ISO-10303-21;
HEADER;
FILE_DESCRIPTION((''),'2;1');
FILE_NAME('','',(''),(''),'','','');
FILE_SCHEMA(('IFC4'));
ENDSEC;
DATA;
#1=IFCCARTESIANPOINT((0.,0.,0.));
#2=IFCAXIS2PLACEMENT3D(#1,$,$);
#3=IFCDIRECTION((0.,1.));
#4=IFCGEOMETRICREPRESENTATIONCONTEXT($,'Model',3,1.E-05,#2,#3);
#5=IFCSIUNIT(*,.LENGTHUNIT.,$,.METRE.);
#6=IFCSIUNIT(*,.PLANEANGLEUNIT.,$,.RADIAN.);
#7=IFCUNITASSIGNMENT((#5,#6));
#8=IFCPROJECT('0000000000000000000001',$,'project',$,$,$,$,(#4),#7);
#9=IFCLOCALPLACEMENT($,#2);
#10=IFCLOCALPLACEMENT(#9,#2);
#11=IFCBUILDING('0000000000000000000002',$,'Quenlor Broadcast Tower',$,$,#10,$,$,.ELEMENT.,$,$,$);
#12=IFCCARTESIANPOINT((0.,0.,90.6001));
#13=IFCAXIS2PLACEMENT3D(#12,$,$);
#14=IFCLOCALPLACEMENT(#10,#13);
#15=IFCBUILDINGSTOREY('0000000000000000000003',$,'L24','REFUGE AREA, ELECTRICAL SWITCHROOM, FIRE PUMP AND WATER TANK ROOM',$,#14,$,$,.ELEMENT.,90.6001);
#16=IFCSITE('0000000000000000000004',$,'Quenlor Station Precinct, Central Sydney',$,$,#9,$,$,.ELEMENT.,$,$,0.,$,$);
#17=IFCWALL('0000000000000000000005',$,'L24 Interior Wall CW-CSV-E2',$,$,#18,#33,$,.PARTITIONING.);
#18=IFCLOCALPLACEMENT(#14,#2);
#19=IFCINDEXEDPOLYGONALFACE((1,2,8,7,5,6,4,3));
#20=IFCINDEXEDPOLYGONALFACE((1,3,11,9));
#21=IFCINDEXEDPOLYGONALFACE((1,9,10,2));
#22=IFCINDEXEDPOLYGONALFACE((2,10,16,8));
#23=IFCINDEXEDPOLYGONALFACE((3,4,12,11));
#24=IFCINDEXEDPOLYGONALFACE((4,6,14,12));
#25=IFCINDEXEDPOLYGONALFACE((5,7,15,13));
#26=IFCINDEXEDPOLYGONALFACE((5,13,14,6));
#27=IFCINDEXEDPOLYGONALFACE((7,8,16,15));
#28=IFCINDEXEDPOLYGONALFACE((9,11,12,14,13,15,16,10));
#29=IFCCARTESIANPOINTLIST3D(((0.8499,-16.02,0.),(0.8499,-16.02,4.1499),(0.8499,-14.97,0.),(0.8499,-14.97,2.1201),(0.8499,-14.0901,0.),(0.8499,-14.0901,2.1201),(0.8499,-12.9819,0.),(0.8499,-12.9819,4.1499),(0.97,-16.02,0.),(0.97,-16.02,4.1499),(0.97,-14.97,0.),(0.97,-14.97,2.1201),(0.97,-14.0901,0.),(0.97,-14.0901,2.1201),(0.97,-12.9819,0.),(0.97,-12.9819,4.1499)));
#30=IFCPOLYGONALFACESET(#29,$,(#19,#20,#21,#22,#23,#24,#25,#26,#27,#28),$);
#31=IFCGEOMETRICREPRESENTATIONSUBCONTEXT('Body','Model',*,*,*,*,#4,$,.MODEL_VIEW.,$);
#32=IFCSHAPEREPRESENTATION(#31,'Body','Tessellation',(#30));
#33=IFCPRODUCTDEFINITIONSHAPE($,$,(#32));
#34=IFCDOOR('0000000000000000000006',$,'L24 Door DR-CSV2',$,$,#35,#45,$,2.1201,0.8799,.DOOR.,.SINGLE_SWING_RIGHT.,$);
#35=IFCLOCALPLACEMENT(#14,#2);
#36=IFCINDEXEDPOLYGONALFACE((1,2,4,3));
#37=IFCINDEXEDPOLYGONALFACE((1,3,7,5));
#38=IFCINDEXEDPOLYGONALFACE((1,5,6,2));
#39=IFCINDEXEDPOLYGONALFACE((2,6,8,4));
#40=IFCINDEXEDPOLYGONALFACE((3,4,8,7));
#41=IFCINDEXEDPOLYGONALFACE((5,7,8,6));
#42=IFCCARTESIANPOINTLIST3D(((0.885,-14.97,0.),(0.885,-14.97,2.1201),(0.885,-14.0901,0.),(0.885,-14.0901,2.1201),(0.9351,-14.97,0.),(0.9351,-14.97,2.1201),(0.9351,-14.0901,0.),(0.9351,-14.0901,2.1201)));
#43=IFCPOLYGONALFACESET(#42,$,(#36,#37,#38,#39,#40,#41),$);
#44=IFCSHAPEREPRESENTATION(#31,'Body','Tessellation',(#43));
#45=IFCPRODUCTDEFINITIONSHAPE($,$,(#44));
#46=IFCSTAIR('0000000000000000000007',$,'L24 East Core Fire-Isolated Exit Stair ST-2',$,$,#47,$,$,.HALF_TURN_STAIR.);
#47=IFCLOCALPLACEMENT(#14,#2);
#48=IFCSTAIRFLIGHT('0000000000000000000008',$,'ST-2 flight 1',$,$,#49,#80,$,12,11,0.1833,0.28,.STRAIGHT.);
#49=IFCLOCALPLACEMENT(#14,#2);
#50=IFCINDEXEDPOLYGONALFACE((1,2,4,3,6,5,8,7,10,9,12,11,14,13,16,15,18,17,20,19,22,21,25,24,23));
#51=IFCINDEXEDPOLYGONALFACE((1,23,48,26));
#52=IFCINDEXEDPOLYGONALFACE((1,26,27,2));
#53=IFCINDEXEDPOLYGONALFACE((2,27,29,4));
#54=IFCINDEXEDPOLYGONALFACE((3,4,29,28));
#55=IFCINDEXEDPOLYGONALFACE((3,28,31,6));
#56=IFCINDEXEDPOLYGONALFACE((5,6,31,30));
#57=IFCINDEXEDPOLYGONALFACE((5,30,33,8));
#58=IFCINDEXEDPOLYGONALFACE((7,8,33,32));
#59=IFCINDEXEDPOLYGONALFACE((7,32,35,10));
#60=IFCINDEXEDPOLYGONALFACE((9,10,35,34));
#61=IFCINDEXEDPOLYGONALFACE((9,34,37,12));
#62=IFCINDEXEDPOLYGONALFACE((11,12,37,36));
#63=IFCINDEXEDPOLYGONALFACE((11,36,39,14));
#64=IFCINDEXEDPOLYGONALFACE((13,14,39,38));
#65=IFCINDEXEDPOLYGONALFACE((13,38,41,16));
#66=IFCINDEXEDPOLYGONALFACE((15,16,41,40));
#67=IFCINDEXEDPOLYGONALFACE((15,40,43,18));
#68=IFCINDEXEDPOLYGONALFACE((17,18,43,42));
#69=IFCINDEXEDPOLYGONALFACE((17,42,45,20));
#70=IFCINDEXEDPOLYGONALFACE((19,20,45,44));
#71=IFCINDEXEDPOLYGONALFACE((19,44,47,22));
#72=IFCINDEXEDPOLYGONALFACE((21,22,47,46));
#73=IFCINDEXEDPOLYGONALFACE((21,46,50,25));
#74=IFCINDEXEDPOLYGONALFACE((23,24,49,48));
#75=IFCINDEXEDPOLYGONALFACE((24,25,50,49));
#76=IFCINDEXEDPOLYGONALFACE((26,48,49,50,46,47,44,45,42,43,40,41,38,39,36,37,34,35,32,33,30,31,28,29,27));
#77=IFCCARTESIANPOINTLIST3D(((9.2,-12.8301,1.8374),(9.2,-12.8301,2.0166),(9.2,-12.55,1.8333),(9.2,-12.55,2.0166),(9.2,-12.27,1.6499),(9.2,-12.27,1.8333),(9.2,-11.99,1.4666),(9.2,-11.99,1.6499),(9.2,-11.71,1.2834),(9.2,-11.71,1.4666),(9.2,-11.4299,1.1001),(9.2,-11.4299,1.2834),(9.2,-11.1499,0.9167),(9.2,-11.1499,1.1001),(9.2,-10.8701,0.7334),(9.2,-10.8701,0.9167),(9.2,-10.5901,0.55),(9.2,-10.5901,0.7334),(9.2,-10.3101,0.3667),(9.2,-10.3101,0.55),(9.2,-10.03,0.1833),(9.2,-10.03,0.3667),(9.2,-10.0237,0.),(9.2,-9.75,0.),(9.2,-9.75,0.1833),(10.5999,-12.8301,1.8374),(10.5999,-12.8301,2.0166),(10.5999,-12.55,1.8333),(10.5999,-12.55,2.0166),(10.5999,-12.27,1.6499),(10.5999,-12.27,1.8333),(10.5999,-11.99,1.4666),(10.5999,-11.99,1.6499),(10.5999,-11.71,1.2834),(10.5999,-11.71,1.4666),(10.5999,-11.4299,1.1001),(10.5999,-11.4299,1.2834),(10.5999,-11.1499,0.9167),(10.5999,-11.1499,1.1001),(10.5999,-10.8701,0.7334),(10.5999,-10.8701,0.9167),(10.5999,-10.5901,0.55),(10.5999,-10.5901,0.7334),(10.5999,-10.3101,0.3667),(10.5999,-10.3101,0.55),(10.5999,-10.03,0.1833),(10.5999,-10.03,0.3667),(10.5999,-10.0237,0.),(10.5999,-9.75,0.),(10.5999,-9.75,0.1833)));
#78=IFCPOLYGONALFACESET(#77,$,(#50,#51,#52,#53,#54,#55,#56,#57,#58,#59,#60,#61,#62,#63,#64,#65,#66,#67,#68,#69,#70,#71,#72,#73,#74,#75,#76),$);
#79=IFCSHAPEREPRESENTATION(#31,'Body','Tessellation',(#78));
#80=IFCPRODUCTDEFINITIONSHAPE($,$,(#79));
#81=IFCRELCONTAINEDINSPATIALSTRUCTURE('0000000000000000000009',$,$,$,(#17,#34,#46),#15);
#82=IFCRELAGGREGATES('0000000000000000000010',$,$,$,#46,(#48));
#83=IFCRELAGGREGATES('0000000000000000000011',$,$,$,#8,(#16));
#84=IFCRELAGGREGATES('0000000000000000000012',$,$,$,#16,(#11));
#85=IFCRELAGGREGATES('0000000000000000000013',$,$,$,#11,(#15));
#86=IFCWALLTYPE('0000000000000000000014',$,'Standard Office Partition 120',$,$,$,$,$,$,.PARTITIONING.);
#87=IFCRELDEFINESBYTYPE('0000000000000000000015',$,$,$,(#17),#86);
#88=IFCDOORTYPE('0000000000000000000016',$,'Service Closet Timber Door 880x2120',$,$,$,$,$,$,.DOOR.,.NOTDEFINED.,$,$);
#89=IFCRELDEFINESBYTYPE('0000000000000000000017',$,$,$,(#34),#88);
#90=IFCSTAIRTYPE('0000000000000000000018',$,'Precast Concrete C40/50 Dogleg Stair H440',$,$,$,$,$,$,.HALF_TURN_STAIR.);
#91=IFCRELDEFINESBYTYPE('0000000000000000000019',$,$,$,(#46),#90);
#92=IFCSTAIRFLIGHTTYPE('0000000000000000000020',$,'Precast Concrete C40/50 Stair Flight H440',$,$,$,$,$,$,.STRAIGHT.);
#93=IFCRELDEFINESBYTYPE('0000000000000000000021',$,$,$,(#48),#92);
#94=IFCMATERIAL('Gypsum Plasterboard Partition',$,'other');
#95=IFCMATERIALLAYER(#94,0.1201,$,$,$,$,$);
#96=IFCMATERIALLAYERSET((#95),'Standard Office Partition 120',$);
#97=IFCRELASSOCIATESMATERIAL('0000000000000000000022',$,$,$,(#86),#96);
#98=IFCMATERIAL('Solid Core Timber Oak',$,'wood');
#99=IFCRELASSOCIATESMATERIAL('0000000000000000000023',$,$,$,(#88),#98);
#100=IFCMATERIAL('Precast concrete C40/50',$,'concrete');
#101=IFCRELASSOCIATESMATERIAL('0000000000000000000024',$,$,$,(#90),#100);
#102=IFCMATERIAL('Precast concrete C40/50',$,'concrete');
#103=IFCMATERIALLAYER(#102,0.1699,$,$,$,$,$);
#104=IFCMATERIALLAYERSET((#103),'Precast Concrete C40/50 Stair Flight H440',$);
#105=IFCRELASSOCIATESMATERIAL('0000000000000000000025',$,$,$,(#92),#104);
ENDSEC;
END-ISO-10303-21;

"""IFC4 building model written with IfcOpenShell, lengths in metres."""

from ifc_helpers import new_model, si_unit, direction, frame, frame_2d, origin, place, context, subcontext, project, spatial, polyline, rectangle, outline, extrude, material, layer, layer_set, type_object, element, fill, aggregate, save


model = new_model("IFC4")

# Units and contexts
model_context = context("Model", 3, precision=1e-05, world=origin(), true_north=direction((0.0, 1.0)))
body_context = subcontext(model_context, "Body", "Model", "MODEL_VIEW")
ifc_project = project(units=[si_unit("LENGTHUNIT", "METRE"), si_unit("PLANEANGLEUNIT", "RADIAN")], contexts=[model_context])

# Site, building, storey
site_placement = place(None, origin())
site = spatial("IfcSite", under=ifc_project, at=site_placement, Name="Quenlor Station Precinct, Central Sydney", CompositionType="ELEMENT", RefElevation=0.0)
building_placement = place(site_placement, origin())
building = spatial("IfcBuilding", under=site, at=building_placement, Name="Quenlor Broadcast Tower", CompositionType="ELEMENT")
storey_placement = place(building_placement, frame((0.0, 0.0, 90.6001)))
storey = spatial("IfcBuildingStorey", under=building, at=storey_placement, Name="L24", Description="REFUGE AREA, ELECTRICAL SWITCHROOM, FIRE PUMP AND WATER TANK ROOM", CompositionType="ELEMENT", Elevation=90.6001)

# Wall, opening, door
ifc_material_1 = material(Name="Gypsum Plasterboard Partition", Category="other")
ifc_layer_1 = layer(ifc_material_1, 0.1201)
ifc_layer_set_1 = layer_set([ifc_layer_1], Name="Standard Office Partition 120")
wall_type_1 = type_object("IfcWallType", Name="Standard Office Partition 120", PredefinedType="PARTITIONING", material=ifc_layer_set_1)
wall_1_placement = place(storey_placement, frame((0.9099, -16.02, 0.0), z_axis=(0.0, 0.0, 1.0), x_axis=(0.0, 1.0, 0.0)))
wall_1 = element("IfcWall", 1, at=wall_1_placement, inside=storey, type_object=wall_type_1, Name="L24 Interior Wall CW-CSV-E2", PredefinedType="PARTITIONING", context=body_context, shape_type="SweptSolid", body=[
    extrude(rectangle(XDim=3.0381, YDim=0.1201, at=frame_2d((1.519, 0.0))), origin(), (0.0, 0.0, 1.0), 4.1499),
])
opening_1_placement = place(wall_1_placement, frame((1.05, 0.0, 0.0)))
opening_1 = element("IfcOpeningElement", 2, at=opening_1_placement, cuts=wall_1, PredefinedType="OPENING", context=body_context, shape_type="SweptSolid", body=[
    extrude(rectangle(XDim=0.8799, YDim=2.1201, at=frame_2d((0.4399, 1.0601))), frame((0.0, 0.0701, 0.0), z_axis=(0.0, -1.0, 0.0), x_axis=(1.0, 0.0, 0.0)), (0.0, 0.0, 1.0), 0.1401),
])
ifc_material_2 = material(Name="Solid Core Timber Oak", Category="wood")
door_type_1 = type_object("IfcDoorType", Name="Service Closet Timber Door 880x2120", OperationType="NOTDEFINED", PredefinedType="DOOR", material=ifc_material_2)
door_1_placement = place(opening_1_placement, origin())
door_1 = element("IfcDoor", 3, at=door_1_placement, inside=storey, type_object=door_type_1, Name="L24 Door DR-CSV2", OperationType="SINGLE_SWING_RIGHT", OverallHeight=2.1201, OverallWidth=0.8799, PredefinedType="DOOR", context=body_context, shape_type="SweptSolid", body=[
    extrude(rectangle(XDim=0.8799, YDim=2.1201, at=frame_2d((0.4399, 1.0601))), frame((0.0, 0.0249, 0.0), z_axis=(0.0, -1.0, 0.0), x_axis=(1.0, 0.0, 0.0)), (0.0, 0.0, 1.0), 0.05),
])
fill(opening_1, door_1)

# Stair, stair flight
ifc_material_3 = material(Name="Precast concrete C40/50", Category="concrete")
stair_type = type_object("IfcStairType", Name="Precast Concrete C40/50 Dogleg Stair H440", PredefinedType="HALF_TURN_STAIR", material=ifc_material_3)
stair_placement = place(storey_placement, origin())
stair = element("IfcStair", 4, at=stair_placement, inside=storey, type_object=stair_type, Name="L24 East Core Fire-Isolated Exit Stair ST-2", PredefinedType="HALF_TURN_STAIR")
ifc_material_4 = material(Name="Precast concrete C40/50", Category="concrete")
ifc_layer_2 = layer(ifc_material_4, 0.1699)
ifc_layer_set_2 = layer_set([ifc_layer_2], Name="Precast Concrete C40/50 Stair Flight H440")
stair_flight_type = type_object("IfcStairFlightType", Name="Precast Concrete C40/50 Stair Flight H440", PredefinedType="STRAIGHT", material=ifc_layer_set_2)
stair_flight_placement = place(storey_placement, frame((9.8999, -9.75, 0.0), z_axis=(0.0, 0.0, 1.0), x_axis=(0.0, -1.0, 0.0)))
stair_flight = element("IfcStairFlight", 5, at=stair_flight_placement, type_object=stair_flight_type, Name="ST-2 flight 1", NumberOfRisers=12, NumberOfTreads=11, PredefinedType="STRAIGHT", RiserHeight=0.1833, TreadLength=0.28, context=body_context, shape_type="SweptSolid", body=[
    extrude(outline(polyline([(0.0, 0.0), (0.0, 0.1833), (0.28, 0.1833), (0.28, 0.3667), (0.5601, 0.3667), (0.5601, 0.55), (0.8401, 0.55), (0.8401, 0.7334), (1.1201, 0.7334), (1.1201, 0.9167), (1.3999, 0.9167), (1.3999, 1.1001), (1.6799, 1.1001), (1.6799, 1.2834), (1.96, 1.2834), (1.96, 1.4666), (2.24, 1.4666), (2.24, 1.6499), (2.52, 1.6499), (2.52, 1.8333), (2.8, 1.8333), (2.8, 2.0166), (3.0801, 2.0166), (3.0801, 2.2), (3.0801, 1.8374), (0.2737, 0.0), (0.0, 0.0)])), frame((0.0, 0.7, 0.0), z_axis=(0.0, -1.0, 0.0), x_axis=(1.0, 0.0, 0.0)), (0.0, 0.0, 1.0), 1.3999),
])
aggregate(stair, [stair_flight])

save(model, "model.ifc")
